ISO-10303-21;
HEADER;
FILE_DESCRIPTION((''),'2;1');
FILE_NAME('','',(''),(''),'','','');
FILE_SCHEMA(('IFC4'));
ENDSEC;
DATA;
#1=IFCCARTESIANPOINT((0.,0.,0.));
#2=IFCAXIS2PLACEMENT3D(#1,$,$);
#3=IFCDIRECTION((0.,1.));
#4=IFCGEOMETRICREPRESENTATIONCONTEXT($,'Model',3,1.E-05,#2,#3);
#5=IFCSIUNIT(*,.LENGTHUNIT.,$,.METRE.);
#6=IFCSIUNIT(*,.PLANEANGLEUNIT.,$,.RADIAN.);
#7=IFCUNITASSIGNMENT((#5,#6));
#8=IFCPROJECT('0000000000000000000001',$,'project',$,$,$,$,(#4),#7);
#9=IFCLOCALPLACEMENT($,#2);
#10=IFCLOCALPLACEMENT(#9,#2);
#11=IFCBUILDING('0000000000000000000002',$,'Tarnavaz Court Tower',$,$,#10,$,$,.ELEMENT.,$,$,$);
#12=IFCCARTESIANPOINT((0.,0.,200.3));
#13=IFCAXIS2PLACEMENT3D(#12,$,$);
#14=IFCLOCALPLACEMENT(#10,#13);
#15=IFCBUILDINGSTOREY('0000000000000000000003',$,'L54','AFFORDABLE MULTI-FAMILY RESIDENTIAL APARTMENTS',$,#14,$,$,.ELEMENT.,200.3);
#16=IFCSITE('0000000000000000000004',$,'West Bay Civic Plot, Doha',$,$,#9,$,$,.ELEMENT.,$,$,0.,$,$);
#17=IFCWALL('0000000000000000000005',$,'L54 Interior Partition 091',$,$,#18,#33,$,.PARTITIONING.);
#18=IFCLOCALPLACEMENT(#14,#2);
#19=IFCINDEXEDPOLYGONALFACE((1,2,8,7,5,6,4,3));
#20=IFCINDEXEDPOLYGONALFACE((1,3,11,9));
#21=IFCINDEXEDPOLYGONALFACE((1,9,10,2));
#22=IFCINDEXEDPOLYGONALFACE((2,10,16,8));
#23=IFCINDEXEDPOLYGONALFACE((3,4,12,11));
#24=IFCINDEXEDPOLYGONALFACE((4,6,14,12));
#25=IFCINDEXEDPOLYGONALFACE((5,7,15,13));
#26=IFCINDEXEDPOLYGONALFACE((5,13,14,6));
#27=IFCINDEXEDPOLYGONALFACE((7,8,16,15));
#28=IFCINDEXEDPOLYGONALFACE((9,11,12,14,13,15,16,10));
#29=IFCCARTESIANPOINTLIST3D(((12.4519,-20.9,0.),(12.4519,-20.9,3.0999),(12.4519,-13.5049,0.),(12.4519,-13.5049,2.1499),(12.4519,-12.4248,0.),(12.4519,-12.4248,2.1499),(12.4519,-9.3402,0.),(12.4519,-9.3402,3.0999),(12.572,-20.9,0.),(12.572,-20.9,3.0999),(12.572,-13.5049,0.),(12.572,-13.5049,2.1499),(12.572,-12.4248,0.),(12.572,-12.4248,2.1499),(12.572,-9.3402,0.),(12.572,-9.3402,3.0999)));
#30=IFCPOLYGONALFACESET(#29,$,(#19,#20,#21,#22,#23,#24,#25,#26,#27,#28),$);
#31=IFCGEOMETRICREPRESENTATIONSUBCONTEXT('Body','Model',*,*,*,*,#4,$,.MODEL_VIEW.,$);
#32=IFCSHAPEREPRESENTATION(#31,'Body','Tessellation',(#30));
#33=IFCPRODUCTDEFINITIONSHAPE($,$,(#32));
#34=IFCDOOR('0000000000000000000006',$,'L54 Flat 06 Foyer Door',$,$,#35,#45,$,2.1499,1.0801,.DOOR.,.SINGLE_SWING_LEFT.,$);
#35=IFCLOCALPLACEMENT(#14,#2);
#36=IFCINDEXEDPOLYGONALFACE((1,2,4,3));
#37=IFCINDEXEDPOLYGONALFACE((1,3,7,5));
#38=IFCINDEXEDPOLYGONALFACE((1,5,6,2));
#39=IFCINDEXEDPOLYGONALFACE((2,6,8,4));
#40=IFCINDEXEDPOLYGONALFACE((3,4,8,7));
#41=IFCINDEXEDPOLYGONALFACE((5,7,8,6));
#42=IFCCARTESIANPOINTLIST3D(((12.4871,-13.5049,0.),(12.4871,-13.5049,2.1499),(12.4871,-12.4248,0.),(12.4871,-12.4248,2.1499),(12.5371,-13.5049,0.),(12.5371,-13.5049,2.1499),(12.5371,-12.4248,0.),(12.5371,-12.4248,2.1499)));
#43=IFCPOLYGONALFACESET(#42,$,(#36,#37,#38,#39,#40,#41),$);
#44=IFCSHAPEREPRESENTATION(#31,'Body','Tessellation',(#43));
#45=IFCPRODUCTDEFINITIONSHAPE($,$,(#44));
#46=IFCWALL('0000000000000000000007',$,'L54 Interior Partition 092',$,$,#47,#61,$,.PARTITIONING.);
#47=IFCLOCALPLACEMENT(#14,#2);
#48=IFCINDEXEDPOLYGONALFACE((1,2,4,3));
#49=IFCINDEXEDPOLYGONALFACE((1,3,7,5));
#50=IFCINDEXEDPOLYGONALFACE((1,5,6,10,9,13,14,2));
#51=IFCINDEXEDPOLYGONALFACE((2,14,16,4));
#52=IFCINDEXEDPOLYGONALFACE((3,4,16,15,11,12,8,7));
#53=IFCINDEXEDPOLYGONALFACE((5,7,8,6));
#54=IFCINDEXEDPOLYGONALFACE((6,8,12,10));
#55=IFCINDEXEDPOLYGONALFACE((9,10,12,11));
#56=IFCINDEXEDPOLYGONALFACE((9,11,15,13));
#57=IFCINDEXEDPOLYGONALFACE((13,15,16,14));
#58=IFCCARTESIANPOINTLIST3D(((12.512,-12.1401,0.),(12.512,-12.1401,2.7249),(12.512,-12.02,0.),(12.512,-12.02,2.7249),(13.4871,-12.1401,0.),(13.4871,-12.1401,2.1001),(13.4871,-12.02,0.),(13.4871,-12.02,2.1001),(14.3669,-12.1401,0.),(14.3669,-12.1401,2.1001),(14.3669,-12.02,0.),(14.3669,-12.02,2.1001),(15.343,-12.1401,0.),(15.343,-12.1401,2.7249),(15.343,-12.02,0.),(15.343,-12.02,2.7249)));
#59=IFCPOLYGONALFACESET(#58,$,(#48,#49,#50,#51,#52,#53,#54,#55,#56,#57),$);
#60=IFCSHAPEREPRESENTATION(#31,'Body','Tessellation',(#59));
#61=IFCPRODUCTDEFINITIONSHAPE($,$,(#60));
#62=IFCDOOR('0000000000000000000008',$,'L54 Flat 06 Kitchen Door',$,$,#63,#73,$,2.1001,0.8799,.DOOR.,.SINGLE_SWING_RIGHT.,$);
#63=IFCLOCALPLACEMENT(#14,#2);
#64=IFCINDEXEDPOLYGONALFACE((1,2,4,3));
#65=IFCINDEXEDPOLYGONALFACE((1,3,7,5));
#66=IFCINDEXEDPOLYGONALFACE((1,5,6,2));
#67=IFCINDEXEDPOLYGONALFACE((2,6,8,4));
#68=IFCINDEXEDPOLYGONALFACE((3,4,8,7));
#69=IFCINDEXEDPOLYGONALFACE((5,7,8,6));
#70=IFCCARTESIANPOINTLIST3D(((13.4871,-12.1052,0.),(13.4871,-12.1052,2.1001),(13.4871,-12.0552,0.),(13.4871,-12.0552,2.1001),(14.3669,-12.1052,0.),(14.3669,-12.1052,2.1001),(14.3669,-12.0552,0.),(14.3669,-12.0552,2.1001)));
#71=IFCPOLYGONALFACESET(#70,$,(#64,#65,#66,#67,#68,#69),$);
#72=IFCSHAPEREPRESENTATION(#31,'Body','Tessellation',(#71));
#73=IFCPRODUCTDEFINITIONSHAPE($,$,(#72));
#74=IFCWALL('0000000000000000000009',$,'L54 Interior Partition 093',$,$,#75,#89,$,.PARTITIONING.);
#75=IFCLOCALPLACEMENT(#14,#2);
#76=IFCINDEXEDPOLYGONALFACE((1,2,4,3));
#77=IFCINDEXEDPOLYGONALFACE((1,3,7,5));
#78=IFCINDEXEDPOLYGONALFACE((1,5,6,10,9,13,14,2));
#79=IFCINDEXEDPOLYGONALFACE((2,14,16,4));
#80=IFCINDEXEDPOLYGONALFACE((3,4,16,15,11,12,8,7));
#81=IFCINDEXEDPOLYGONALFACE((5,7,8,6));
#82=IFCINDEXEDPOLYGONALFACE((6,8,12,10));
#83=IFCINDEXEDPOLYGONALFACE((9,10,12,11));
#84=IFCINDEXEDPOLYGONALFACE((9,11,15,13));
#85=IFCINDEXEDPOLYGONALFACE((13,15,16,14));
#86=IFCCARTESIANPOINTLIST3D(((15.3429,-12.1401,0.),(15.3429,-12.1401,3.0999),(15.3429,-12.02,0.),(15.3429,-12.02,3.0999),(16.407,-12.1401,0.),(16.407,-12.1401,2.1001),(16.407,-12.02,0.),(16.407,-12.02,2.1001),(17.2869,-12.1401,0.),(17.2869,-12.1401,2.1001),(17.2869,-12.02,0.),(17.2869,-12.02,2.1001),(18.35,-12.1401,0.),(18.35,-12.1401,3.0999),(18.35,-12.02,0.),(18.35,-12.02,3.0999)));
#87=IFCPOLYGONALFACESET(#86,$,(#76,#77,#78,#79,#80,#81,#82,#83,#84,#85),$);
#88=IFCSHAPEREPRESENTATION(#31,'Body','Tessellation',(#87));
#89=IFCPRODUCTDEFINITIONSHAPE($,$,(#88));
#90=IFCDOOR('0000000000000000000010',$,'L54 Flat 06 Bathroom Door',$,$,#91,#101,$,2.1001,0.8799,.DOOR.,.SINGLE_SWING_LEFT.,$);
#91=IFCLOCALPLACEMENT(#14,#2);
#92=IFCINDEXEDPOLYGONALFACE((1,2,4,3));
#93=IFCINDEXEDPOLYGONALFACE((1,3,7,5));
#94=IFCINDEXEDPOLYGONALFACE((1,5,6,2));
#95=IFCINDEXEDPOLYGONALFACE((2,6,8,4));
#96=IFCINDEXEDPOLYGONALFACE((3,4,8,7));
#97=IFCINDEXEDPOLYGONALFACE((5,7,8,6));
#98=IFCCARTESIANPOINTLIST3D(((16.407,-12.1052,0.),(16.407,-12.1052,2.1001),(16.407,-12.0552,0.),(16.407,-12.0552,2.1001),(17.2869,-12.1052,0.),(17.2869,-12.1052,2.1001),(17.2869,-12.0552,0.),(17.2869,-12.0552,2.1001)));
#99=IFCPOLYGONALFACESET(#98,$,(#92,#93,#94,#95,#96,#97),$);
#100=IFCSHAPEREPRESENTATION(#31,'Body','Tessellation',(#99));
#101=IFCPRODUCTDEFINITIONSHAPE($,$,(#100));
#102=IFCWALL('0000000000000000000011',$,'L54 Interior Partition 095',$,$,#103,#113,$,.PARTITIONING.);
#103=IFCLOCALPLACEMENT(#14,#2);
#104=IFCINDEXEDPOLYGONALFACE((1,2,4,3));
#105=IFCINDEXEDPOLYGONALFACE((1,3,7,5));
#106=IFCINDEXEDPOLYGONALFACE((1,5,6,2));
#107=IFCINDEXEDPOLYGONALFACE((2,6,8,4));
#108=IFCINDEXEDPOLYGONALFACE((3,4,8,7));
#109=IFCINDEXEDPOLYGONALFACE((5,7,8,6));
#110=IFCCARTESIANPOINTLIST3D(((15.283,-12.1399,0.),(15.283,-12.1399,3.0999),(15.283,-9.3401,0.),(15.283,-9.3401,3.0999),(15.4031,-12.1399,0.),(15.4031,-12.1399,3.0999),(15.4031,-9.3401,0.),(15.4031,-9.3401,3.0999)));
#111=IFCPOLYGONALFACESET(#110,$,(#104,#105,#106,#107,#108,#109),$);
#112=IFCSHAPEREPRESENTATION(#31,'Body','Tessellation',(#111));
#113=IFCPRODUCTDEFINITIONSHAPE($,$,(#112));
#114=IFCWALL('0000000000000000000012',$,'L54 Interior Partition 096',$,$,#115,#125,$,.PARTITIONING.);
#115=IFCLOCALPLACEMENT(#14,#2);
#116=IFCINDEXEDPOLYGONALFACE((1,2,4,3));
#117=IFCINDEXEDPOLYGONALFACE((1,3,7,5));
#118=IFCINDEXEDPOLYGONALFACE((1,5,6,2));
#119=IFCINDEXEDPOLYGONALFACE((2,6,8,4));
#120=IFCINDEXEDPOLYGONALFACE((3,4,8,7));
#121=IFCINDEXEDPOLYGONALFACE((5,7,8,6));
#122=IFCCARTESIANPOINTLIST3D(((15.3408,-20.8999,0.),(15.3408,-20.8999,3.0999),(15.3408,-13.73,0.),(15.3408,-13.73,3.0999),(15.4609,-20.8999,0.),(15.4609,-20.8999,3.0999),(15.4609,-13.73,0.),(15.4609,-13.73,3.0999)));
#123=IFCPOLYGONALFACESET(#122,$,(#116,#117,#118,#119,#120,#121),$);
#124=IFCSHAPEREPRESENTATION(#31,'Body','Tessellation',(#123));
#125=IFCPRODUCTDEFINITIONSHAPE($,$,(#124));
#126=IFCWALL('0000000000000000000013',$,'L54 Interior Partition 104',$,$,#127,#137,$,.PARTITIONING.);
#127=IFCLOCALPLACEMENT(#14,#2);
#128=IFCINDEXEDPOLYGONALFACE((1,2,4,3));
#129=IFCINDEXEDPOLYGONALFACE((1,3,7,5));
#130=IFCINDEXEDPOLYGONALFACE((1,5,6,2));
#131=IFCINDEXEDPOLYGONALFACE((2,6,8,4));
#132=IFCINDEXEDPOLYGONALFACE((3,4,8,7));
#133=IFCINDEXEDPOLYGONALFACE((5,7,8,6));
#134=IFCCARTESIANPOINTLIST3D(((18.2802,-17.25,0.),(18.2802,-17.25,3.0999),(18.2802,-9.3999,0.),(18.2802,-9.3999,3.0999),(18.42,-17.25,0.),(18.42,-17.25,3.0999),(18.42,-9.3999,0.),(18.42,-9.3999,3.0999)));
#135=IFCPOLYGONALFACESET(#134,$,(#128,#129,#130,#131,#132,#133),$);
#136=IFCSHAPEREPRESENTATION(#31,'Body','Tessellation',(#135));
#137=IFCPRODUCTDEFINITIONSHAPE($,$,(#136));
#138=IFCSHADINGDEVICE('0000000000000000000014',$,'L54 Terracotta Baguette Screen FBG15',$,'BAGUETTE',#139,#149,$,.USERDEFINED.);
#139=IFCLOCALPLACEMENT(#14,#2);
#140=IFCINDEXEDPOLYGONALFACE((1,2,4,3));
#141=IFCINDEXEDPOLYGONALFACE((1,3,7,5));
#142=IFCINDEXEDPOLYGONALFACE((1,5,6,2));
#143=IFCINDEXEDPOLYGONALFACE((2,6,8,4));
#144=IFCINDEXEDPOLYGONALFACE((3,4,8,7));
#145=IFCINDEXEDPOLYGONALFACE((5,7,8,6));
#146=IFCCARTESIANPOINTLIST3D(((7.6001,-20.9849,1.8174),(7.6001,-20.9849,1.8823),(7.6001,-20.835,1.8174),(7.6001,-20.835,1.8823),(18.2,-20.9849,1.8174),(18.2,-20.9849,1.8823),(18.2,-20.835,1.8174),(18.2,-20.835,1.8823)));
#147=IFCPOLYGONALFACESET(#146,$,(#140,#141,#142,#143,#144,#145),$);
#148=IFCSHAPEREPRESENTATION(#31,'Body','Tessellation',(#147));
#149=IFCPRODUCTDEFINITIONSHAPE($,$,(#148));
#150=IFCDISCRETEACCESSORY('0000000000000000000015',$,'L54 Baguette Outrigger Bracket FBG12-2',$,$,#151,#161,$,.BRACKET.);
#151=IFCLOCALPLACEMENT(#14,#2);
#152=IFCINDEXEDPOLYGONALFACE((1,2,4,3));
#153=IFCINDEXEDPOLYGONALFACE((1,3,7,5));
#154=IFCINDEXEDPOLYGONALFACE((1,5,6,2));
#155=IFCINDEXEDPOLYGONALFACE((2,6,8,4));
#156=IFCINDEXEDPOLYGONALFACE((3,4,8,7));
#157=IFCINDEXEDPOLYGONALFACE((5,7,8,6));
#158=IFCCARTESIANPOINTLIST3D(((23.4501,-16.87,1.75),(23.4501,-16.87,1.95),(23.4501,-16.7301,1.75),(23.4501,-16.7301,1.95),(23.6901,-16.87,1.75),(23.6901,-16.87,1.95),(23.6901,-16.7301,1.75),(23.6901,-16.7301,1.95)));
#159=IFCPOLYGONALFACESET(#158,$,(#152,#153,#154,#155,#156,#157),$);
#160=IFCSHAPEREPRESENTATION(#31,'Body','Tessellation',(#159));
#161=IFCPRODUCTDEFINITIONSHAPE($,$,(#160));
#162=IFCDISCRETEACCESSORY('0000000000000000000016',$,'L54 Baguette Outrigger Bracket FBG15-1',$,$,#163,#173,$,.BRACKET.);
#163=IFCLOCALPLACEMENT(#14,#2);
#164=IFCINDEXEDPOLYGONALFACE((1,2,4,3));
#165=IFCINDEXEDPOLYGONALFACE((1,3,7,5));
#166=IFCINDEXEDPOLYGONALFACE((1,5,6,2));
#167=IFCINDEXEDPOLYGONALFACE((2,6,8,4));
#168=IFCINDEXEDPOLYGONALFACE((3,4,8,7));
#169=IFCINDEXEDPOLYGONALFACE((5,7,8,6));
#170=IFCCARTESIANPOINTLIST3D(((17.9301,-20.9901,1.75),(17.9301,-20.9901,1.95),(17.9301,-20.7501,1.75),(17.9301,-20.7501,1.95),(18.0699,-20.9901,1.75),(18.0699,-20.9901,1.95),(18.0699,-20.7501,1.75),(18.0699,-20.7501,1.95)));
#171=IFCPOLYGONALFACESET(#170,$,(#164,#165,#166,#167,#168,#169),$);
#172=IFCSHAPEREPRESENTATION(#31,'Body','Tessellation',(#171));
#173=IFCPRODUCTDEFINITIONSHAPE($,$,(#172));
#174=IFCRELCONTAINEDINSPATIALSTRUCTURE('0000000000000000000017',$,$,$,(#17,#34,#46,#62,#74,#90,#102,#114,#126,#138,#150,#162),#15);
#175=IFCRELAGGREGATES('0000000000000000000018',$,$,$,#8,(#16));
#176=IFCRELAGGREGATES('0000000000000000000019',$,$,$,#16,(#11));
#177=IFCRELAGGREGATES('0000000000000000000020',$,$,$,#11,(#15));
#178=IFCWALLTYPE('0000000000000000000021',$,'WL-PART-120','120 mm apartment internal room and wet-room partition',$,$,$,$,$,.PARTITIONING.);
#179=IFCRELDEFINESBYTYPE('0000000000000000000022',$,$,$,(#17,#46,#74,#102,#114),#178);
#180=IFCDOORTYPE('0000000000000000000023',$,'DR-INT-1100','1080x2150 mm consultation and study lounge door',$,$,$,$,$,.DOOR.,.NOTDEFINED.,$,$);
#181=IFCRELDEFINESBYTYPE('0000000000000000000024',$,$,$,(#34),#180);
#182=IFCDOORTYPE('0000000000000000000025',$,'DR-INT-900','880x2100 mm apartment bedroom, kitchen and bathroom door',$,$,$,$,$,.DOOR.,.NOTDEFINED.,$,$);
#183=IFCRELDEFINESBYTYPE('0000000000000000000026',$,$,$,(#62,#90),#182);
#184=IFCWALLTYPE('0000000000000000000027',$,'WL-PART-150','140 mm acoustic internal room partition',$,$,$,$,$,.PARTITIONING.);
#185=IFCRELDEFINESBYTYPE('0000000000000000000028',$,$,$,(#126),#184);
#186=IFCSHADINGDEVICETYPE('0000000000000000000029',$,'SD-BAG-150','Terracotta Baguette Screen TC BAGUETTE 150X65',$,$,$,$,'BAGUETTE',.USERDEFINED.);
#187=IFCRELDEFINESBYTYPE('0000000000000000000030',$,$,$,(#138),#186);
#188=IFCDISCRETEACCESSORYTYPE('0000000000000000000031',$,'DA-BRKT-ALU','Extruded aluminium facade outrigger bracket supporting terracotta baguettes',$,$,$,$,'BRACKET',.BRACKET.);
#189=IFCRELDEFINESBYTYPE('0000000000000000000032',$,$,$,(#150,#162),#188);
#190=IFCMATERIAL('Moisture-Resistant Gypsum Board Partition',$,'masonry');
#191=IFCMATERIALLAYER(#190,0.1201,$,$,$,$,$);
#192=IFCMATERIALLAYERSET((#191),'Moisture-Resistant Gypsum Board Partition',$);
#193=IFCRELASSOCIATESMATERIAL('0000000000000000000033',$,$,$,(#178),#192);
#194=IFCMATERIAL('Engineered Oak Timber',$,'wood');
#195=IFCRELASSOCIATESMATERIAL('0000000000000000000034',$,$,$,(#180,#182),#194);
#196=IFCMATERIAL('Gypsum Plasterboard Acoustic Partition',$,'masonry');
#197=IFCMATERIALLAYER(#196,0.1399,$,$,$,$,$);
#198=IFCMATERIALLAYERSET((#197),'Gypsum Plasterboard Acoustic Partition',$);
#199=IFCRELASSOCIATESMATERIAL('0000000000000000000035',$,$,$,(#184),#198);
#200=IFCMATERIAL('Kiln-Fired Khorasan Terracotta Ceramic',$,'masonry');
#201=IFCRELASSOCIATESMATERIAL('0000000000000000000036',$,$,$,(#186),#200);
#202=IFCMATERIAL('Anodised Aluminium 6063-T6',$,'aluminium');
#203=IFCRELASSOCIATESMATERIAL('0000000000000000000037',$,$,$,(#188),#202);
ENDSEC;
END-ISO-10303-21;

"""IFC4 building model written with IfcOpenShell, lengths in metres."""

from ifc_helpers import new_model, si_unit, direction, frame, frame_2d, origin, origin_2d, place, context, subcontext, project, spatial, rectangle, extrude, material, layer, layer_set, material_profile, profile_set, type_object, element, fill, save


model = new_model("IFC4")

# Units and contexts
model_context = context("Model", 3, precision=1e-05, world=origin(), true_north=direction((0.0, 1.0)))
body_context = subcontext(model_context, "Body", "Model", "MODEL_VIEW")
ifc_project = project(units=[si_unit("LENGTHUNIT", "METRE"), si_unit("PLANEANGLEUNIT", "RADIAN")], contexts=[model_context])

# Site, building, storey
site_placement = place(None, origin())
site = spatial("IfcSite", under=ifc_project, at=site_placement, Name="West Bay Civic Plot, Doha", CompositionType="ELEMENT", RefElevation=0.0)
building_placement = place(site_placement, origin())
building = spatial("IfcBuilding", under=site, at=building_placement, Name="Tarnavaz Court Tower", CompositionType="ELEMENT")
storey_placement = place(building_placement, frame((0.0, 0.0, 200.3)))
storey = spatial("IfcBuildingStorey", under=building, at=storey_placement, Name="L54", Description="AFFORDABLE MULTI-FAMILY RESIDENTIAL APARTMENTS", CompositionType="ELEMENT", Elevation=200.3)

# Walls, openings, doors
ifc_material_1 = material(Name="Engineered Oak Timber", Category="wood")
ifc_material_2 = material(Name="Moisture-Resistant Gypsum Board Partition", Category="masonry")
ifc_layer_1 = layer(ifc_material_2, 0.1201)
ifc_layer_set_1 = layer_set([ifc_layer_1], Name="Moisture-Resistant Gypsum Board Partition")
wall_type_1 = type_object("IfcWallType", Name="WL-PART-120", Description="120 mm apartment internal room and wet-room partition", PredefinedType="PARTITIONING", material=ifc_layer_set_1)
wall_1_placement = place(storey_placement, frame((12.512, -20.8999, 0.0), z_axis=(0.0, 0.0, 1.0), x_axis=(0.0, 1.0, 0.0)))
wall_1 = element("IfcWall", 1, at=wall_1_placement, inside=storey, type_object=wall_type_1, Name="L54 Interior Partition 091", PredefinedType="PARTITIONING", context=body_context, shape_type="SweptSolid", body=[
    extrude(rectangle(XDim=11.5598, YDim=0.1201, at=frame_2d((5.7798, 0.0))), origin(), (0.0, 0.0, 1.0), 3.0999),
])
opening_1_placement = place(wall_1_placement, frame((7.395, 0.0, 0.0)))
opening_1 = element("IfcOpeningElement", 2, at=opening_1_placement, cuts=wall_1, PredefinedType="OPENING", context=body_context, shape_type="SweptSolid", body=[
    extrude(rectangle(XDim=1.0801, YDim=2.1499, at=frame_2d((0.54, 1.075))), frame((0.0, 0.0701, 0.0), z_axis=(0.0, -1.0, 0.0), x_axis=(1.0, 0.0, 0.0)), (0.0, 0.0, 1.0), 0.1401),
])
door_type_1 = type_object("IfcDoorType", Name="DR-INT-1100", Description="1080x2150 mm consultation and study lounge door", OperationType="NOTDEFINED", PredefinedType="DOOR", material=ifc_material_1)
door_1_placement = place(opening_1_placement, origin())
door_1 = element("IfcDoor", 3, at=door_1_placement, inside=storey, type_object=door_type_1, Name="L54 Flat 06 Foyer Door", OperationType="SINGLE_SWING_LEFT", OverallHeight=2.1499, OverallWidth=1.0801, PredefinedType="DOOR", context=body_context, shape_type="SweptSolid", body=[
    extrude(rectangle(XDim=1.0801, YDim=2.1499, at=frame_2d((0.54, 1.075))), frame((0.0, 0.0249, 0.0), z_axis=(0.0, -1.0, 0.0), x_axis=(1.0, 0.0, 0.0)), (0.0, 0.0, 1.0), 0.05),
])
fill(opening_1, door_1)
wall_2_placement = place(storey_placement, frame((12.512, -12.0801, 0.0), z_axis=(0.0, 0.0, 1.0), x_axis=(1.0, 0.0, 0.0)))
wall_2 = element("IfcWall", 4, at=wall_2_placement, inside=storey, type_object=wall_type_1, Name="L54 Interior Partition 092", PredefinedType="PARTITIONING", context=body_context, shape_type="SweptSolid", body=[
    extrude(rectangle(XDim=2.8311, YDim=0.1201, at=frame_2d((1.4155, 0.0))), origin(), (0.0, 0.0, 1.0), 2.7249),
])
opening_2_placement = place(wall_2_placement, frame((0.9751, 0.0, 0.0)))
opening_2 = element("IfcOpeningElement", 5, at=opening_2_placement, cuts=wall_2, PredefinedType="OPENING", context=body_context, shape_type="SweptSolid", body=[
    extrude(rectangle(XDim=0.8799, YDim=2.1001, at=frame_2d((0.4399, 1.05))), frame((0.0, 0.0701, 0.0), z_axis=(0.0, -1.0, 0.0), x_axis=(1.0, 0.0, 0.0)), (0.0, 0.0, 1.0), 0.1401),
])
door_type_2 = type_object("IfcDoorType", Name="DR-INT-900", Description="880x2100 mm apartment bedroom, kitchen and bathroom door", OperationType="NOTDEFINED", PredefinedType="DOOR", material=ifc_material_1)
door_2_placement = place(opening_2_placement, origin())
door_2 = element("IfcDoor", 6, at=door_2_placement, inside=storey, type_object=door_type_2, Name="L54 Flat 06 Kitchen Door", OperationType="SINGLE_SWING_RIGHT", OverallHeight=2.1001, OverallWidth=0.8799, PredefinedType="DOOR", context=body_context, shape_type="SweptSolid", body=[
    extrude(rectangle(XDim=0.8799, YDim=2.1001, at=frame_2d((0.4399, 1.05))), frame((0.0, 0.0249, 0.0), z_axis=(0.0, -1.0, 0.0), x_axis=(1.0, 0.0, 0.0)), (0.0, 0.0, 1.0), 0.05),
])
fill(opening_2, door_2)
wall_3_placement = place(storey_placement, frame((15.343, -12.0801, 0.0), z_axis=(0.0, 0.0, 1.0), x_axis=(1.0, 0.0, 0.0)))
wall_3 = element("IfcWall", 7, at=wall_3_placement, inside=storey, type_object=wall_type_1, Name="L54 Interior Partition 093", PredefinedType="PARTITIONING", context=body_context, shape_type="SweptSolid", body=[
    extrude(rectangle(XDim=3.0071, YDim=0.1201, at=frame_2d((1.5034, 0.0))), origin(), (0.0, 0.0, 1.0), 3.0999),
])
opening_3_placement = place(wall_3_placement, frame((1.064, 0.0, 0.0)))
opening_3 = element("IfcOpeningElement", 8, at=opening_3_placement, cuts=wall_3, PredefinedType="OPENING", context=body_context, shape_type="SweptSolid", body=[
    extrude(rectangle(XDim=0.8799, YDim=2.1001, at=frame_2d((0.4399, 1.05))), frame((0.0, 0.0701, 0.0), z_axis=(0.0, -1.0, 0.0), x_axis=(1.0, 0.0, 0.0)), (0.0, 0.0, 1.0), 0.1401),
])
door_3_placement = place(opening_3_placement, origin())
door_3 = element("IfcDoor", 9, at=door_3_placement, inside=storey, type_object=door_type_2, Name="L54 Flat 06 Bathroom Door", OperationType="SINGLE_SWING_LEFT", OverallHeight=2.1001, OverallWidth=0.8799, PredefinedType="DOOR", context=body_context, shape_type="SweptSolid", body=[
    extrude(rectangle(XDim=0.8799, YDim=2.1001, at=frame_2d((0.4399, 1.05))), frame((0.0, 0.0249, 0.0), z_axis=(0.0, -1.0, 0.0), x_axis=(1.0, 0.0, 0.0)), (0.0, 0.0, 1.0), 0.05),
])
fill(opening_3, door_3)

# Walls
wall_4_placement = place(storey_placement, frame((15.343, -12.1399, 0.0), z_axis=(0.0, 0.0, 1.0), x_axis=(0.0, 1.0, 0.0)))
element("IfcWall", 10, at=wall_4_placement, inside=storey, type_object=wall_type_1, Name="L54 Interior Partition 095", PredefinedType="PARTITIONING", context=body_context, shape_type="SweptSolid", body=[
    extrude(rectangle(XDim=2.7998, YDim=0.1201, at=frame_2d((1.3999, 0.0))), origin(), (0.0, 0.0, 1.0), 3.0999),
])
wall_5_placement = place(storey_placement, frame((15.4009, -20.8999, 0.0), z_axis=(0.0, 0.0, 1.0), x_axis=(0.0, 1.0, 0.0)))
element("IfcWall", 11, at=wall_5_placement, inside=storey, type_object=wall_type_1, Name="L54 Interior Partition 096", PredefinedType="PARTITIONING", context=body_context, shape_type="SweptSolid", body=[
    extrude(rectangle(XDim=7.1699, YDim=0.1201, at=frame_2d((3.585, 0.0))), origin(), (0.0, 0.0, 1.0), 3.0999),
])
ifc_material_3 = material(Name="Gypsum Plasterboard Acoustic Partition", Category="masonry")
ifc_layer_2 = layer(ifc_material_3, 0.1399)
ifc_layer_set_2 = layer_set([ifc_layer_2], Name="Gypsum Plasterboard Acoustic Partition")
wall_type_2 = type_object("IfcWallType", Name="WL-PART-150", Description="140 mm acoustic internal room partition", PredefinedType="PARTITIONING", material=ifc_layer_set_2)
wall_6_placement = place(storey_placement, frame((18.3501, -17.25, 0.0), z_axis=(0.0, 0.0, 1.0), x_axis=(0.0, 1.0, 0.0)))
element("IfcWall", 12, at=wall_6_placement, inside=storey, type_object=wall_type_2, Name="L54 Interior Partition 104", PredefinedType="PARTITIONING", context=body_context, shape_type="SweptSolid", body=[
    extrude(rectangle(XDim=7.8501, YDim=0.1399, at=frame_2d((3.925, 0.0))), origin(), (0.0, 0.0, 1.0), 3.0999),
])

# Shading device
ifc_material_4 = material(Name="Kiln-Fired Khorasan Terracotta Ceramic", Category="masonry")
ifc_material_profile_1 = material_profile(ifc_material_4, rectangle(XDim=0.1499, YDim=0.0649, at=origin_2d()), Name="TC BAGUETTE 150X65")
ifc_profile_set_1 = profile_set([ifc_material_profile_1], Name="Kiln-Fired Khorasan Terracotta Ceramic")
shading_device_type = type_object("IfcShadingDeviceType", Name="SD-BAG-150", Description="Terracotta Baguette Screen TC BAGUETTE 150X65", ElementType="BAGUETTE", PredefinedType="USERDEFINED", material=ifc_profile_set_1)
shading_device_placement = place(storey_placement, frame((18.2, -20.9099, 1.8499), z_axis=(-1.0, 0.0, 0.0), x_axis=(0.0, -1.0, 0.0)))
element("IfcShadingDevice", 13, at=shading_device_placement, inside=storey, type_object=shading_device_type, Name="L54 Terracotta Baguette Screen FBG15", ObjectType="BAGUETTE", PredefinedType="USERDEFINED", context=body_context, shape_type="SweptSolid", body=[
    extrude(rectangle(XDim=0.1499, YDim=0.0649, at=origin_2d()), origin(), (0.0, 0.0, 1.0), 10.5999),
])

# Discrete accessories
ifc_material_5 = material(Name="Anodised Aluminium 6063-T6", Category="aluminium")
discrete_accessory_type = type_object("IfcDiscreteAccessoryType", Name="DA-BRKT-ALU", Description="Extruded aluminium facade outrigger bracket supporting terracotta baguettes", ElementType="BRACKET", PredefinedType="BRACKET", material=ifc_material_5)
for number, where, z_axis, x_axis, name in (
    (14, (23.5701, -16.8, 1.75), (0.0, 0.0, 1.0), (0.0, -1.0, 0.0), "L54 Baguette Outrigger Bracket FBG12-2"),
    (15, (18.0, -20.8701, 1.75), (0.0, 0.0, 1.0), (-1.0, 0.0, 0.0), "L54 Baguette Outrigger Bracket FBG15-1"),
):
    element("IfcDiscreteAccessory", number, at=place(storey_placement, frame(where, z_axis=z_axis, x_axis=x_axis)), inside=storey, type_object=discrete_accessory_type, Name=name, PredefinedType="BRACKET", context=body_context, shape_type="SweptSolid", body=[
        extrude(rectangle(XDim=0.1399, YDim=0.24, at=origin_2d()), origin(), (0.0, 0.0, 1.0), 0.2),
    ])

save(model, "model.ifc")
